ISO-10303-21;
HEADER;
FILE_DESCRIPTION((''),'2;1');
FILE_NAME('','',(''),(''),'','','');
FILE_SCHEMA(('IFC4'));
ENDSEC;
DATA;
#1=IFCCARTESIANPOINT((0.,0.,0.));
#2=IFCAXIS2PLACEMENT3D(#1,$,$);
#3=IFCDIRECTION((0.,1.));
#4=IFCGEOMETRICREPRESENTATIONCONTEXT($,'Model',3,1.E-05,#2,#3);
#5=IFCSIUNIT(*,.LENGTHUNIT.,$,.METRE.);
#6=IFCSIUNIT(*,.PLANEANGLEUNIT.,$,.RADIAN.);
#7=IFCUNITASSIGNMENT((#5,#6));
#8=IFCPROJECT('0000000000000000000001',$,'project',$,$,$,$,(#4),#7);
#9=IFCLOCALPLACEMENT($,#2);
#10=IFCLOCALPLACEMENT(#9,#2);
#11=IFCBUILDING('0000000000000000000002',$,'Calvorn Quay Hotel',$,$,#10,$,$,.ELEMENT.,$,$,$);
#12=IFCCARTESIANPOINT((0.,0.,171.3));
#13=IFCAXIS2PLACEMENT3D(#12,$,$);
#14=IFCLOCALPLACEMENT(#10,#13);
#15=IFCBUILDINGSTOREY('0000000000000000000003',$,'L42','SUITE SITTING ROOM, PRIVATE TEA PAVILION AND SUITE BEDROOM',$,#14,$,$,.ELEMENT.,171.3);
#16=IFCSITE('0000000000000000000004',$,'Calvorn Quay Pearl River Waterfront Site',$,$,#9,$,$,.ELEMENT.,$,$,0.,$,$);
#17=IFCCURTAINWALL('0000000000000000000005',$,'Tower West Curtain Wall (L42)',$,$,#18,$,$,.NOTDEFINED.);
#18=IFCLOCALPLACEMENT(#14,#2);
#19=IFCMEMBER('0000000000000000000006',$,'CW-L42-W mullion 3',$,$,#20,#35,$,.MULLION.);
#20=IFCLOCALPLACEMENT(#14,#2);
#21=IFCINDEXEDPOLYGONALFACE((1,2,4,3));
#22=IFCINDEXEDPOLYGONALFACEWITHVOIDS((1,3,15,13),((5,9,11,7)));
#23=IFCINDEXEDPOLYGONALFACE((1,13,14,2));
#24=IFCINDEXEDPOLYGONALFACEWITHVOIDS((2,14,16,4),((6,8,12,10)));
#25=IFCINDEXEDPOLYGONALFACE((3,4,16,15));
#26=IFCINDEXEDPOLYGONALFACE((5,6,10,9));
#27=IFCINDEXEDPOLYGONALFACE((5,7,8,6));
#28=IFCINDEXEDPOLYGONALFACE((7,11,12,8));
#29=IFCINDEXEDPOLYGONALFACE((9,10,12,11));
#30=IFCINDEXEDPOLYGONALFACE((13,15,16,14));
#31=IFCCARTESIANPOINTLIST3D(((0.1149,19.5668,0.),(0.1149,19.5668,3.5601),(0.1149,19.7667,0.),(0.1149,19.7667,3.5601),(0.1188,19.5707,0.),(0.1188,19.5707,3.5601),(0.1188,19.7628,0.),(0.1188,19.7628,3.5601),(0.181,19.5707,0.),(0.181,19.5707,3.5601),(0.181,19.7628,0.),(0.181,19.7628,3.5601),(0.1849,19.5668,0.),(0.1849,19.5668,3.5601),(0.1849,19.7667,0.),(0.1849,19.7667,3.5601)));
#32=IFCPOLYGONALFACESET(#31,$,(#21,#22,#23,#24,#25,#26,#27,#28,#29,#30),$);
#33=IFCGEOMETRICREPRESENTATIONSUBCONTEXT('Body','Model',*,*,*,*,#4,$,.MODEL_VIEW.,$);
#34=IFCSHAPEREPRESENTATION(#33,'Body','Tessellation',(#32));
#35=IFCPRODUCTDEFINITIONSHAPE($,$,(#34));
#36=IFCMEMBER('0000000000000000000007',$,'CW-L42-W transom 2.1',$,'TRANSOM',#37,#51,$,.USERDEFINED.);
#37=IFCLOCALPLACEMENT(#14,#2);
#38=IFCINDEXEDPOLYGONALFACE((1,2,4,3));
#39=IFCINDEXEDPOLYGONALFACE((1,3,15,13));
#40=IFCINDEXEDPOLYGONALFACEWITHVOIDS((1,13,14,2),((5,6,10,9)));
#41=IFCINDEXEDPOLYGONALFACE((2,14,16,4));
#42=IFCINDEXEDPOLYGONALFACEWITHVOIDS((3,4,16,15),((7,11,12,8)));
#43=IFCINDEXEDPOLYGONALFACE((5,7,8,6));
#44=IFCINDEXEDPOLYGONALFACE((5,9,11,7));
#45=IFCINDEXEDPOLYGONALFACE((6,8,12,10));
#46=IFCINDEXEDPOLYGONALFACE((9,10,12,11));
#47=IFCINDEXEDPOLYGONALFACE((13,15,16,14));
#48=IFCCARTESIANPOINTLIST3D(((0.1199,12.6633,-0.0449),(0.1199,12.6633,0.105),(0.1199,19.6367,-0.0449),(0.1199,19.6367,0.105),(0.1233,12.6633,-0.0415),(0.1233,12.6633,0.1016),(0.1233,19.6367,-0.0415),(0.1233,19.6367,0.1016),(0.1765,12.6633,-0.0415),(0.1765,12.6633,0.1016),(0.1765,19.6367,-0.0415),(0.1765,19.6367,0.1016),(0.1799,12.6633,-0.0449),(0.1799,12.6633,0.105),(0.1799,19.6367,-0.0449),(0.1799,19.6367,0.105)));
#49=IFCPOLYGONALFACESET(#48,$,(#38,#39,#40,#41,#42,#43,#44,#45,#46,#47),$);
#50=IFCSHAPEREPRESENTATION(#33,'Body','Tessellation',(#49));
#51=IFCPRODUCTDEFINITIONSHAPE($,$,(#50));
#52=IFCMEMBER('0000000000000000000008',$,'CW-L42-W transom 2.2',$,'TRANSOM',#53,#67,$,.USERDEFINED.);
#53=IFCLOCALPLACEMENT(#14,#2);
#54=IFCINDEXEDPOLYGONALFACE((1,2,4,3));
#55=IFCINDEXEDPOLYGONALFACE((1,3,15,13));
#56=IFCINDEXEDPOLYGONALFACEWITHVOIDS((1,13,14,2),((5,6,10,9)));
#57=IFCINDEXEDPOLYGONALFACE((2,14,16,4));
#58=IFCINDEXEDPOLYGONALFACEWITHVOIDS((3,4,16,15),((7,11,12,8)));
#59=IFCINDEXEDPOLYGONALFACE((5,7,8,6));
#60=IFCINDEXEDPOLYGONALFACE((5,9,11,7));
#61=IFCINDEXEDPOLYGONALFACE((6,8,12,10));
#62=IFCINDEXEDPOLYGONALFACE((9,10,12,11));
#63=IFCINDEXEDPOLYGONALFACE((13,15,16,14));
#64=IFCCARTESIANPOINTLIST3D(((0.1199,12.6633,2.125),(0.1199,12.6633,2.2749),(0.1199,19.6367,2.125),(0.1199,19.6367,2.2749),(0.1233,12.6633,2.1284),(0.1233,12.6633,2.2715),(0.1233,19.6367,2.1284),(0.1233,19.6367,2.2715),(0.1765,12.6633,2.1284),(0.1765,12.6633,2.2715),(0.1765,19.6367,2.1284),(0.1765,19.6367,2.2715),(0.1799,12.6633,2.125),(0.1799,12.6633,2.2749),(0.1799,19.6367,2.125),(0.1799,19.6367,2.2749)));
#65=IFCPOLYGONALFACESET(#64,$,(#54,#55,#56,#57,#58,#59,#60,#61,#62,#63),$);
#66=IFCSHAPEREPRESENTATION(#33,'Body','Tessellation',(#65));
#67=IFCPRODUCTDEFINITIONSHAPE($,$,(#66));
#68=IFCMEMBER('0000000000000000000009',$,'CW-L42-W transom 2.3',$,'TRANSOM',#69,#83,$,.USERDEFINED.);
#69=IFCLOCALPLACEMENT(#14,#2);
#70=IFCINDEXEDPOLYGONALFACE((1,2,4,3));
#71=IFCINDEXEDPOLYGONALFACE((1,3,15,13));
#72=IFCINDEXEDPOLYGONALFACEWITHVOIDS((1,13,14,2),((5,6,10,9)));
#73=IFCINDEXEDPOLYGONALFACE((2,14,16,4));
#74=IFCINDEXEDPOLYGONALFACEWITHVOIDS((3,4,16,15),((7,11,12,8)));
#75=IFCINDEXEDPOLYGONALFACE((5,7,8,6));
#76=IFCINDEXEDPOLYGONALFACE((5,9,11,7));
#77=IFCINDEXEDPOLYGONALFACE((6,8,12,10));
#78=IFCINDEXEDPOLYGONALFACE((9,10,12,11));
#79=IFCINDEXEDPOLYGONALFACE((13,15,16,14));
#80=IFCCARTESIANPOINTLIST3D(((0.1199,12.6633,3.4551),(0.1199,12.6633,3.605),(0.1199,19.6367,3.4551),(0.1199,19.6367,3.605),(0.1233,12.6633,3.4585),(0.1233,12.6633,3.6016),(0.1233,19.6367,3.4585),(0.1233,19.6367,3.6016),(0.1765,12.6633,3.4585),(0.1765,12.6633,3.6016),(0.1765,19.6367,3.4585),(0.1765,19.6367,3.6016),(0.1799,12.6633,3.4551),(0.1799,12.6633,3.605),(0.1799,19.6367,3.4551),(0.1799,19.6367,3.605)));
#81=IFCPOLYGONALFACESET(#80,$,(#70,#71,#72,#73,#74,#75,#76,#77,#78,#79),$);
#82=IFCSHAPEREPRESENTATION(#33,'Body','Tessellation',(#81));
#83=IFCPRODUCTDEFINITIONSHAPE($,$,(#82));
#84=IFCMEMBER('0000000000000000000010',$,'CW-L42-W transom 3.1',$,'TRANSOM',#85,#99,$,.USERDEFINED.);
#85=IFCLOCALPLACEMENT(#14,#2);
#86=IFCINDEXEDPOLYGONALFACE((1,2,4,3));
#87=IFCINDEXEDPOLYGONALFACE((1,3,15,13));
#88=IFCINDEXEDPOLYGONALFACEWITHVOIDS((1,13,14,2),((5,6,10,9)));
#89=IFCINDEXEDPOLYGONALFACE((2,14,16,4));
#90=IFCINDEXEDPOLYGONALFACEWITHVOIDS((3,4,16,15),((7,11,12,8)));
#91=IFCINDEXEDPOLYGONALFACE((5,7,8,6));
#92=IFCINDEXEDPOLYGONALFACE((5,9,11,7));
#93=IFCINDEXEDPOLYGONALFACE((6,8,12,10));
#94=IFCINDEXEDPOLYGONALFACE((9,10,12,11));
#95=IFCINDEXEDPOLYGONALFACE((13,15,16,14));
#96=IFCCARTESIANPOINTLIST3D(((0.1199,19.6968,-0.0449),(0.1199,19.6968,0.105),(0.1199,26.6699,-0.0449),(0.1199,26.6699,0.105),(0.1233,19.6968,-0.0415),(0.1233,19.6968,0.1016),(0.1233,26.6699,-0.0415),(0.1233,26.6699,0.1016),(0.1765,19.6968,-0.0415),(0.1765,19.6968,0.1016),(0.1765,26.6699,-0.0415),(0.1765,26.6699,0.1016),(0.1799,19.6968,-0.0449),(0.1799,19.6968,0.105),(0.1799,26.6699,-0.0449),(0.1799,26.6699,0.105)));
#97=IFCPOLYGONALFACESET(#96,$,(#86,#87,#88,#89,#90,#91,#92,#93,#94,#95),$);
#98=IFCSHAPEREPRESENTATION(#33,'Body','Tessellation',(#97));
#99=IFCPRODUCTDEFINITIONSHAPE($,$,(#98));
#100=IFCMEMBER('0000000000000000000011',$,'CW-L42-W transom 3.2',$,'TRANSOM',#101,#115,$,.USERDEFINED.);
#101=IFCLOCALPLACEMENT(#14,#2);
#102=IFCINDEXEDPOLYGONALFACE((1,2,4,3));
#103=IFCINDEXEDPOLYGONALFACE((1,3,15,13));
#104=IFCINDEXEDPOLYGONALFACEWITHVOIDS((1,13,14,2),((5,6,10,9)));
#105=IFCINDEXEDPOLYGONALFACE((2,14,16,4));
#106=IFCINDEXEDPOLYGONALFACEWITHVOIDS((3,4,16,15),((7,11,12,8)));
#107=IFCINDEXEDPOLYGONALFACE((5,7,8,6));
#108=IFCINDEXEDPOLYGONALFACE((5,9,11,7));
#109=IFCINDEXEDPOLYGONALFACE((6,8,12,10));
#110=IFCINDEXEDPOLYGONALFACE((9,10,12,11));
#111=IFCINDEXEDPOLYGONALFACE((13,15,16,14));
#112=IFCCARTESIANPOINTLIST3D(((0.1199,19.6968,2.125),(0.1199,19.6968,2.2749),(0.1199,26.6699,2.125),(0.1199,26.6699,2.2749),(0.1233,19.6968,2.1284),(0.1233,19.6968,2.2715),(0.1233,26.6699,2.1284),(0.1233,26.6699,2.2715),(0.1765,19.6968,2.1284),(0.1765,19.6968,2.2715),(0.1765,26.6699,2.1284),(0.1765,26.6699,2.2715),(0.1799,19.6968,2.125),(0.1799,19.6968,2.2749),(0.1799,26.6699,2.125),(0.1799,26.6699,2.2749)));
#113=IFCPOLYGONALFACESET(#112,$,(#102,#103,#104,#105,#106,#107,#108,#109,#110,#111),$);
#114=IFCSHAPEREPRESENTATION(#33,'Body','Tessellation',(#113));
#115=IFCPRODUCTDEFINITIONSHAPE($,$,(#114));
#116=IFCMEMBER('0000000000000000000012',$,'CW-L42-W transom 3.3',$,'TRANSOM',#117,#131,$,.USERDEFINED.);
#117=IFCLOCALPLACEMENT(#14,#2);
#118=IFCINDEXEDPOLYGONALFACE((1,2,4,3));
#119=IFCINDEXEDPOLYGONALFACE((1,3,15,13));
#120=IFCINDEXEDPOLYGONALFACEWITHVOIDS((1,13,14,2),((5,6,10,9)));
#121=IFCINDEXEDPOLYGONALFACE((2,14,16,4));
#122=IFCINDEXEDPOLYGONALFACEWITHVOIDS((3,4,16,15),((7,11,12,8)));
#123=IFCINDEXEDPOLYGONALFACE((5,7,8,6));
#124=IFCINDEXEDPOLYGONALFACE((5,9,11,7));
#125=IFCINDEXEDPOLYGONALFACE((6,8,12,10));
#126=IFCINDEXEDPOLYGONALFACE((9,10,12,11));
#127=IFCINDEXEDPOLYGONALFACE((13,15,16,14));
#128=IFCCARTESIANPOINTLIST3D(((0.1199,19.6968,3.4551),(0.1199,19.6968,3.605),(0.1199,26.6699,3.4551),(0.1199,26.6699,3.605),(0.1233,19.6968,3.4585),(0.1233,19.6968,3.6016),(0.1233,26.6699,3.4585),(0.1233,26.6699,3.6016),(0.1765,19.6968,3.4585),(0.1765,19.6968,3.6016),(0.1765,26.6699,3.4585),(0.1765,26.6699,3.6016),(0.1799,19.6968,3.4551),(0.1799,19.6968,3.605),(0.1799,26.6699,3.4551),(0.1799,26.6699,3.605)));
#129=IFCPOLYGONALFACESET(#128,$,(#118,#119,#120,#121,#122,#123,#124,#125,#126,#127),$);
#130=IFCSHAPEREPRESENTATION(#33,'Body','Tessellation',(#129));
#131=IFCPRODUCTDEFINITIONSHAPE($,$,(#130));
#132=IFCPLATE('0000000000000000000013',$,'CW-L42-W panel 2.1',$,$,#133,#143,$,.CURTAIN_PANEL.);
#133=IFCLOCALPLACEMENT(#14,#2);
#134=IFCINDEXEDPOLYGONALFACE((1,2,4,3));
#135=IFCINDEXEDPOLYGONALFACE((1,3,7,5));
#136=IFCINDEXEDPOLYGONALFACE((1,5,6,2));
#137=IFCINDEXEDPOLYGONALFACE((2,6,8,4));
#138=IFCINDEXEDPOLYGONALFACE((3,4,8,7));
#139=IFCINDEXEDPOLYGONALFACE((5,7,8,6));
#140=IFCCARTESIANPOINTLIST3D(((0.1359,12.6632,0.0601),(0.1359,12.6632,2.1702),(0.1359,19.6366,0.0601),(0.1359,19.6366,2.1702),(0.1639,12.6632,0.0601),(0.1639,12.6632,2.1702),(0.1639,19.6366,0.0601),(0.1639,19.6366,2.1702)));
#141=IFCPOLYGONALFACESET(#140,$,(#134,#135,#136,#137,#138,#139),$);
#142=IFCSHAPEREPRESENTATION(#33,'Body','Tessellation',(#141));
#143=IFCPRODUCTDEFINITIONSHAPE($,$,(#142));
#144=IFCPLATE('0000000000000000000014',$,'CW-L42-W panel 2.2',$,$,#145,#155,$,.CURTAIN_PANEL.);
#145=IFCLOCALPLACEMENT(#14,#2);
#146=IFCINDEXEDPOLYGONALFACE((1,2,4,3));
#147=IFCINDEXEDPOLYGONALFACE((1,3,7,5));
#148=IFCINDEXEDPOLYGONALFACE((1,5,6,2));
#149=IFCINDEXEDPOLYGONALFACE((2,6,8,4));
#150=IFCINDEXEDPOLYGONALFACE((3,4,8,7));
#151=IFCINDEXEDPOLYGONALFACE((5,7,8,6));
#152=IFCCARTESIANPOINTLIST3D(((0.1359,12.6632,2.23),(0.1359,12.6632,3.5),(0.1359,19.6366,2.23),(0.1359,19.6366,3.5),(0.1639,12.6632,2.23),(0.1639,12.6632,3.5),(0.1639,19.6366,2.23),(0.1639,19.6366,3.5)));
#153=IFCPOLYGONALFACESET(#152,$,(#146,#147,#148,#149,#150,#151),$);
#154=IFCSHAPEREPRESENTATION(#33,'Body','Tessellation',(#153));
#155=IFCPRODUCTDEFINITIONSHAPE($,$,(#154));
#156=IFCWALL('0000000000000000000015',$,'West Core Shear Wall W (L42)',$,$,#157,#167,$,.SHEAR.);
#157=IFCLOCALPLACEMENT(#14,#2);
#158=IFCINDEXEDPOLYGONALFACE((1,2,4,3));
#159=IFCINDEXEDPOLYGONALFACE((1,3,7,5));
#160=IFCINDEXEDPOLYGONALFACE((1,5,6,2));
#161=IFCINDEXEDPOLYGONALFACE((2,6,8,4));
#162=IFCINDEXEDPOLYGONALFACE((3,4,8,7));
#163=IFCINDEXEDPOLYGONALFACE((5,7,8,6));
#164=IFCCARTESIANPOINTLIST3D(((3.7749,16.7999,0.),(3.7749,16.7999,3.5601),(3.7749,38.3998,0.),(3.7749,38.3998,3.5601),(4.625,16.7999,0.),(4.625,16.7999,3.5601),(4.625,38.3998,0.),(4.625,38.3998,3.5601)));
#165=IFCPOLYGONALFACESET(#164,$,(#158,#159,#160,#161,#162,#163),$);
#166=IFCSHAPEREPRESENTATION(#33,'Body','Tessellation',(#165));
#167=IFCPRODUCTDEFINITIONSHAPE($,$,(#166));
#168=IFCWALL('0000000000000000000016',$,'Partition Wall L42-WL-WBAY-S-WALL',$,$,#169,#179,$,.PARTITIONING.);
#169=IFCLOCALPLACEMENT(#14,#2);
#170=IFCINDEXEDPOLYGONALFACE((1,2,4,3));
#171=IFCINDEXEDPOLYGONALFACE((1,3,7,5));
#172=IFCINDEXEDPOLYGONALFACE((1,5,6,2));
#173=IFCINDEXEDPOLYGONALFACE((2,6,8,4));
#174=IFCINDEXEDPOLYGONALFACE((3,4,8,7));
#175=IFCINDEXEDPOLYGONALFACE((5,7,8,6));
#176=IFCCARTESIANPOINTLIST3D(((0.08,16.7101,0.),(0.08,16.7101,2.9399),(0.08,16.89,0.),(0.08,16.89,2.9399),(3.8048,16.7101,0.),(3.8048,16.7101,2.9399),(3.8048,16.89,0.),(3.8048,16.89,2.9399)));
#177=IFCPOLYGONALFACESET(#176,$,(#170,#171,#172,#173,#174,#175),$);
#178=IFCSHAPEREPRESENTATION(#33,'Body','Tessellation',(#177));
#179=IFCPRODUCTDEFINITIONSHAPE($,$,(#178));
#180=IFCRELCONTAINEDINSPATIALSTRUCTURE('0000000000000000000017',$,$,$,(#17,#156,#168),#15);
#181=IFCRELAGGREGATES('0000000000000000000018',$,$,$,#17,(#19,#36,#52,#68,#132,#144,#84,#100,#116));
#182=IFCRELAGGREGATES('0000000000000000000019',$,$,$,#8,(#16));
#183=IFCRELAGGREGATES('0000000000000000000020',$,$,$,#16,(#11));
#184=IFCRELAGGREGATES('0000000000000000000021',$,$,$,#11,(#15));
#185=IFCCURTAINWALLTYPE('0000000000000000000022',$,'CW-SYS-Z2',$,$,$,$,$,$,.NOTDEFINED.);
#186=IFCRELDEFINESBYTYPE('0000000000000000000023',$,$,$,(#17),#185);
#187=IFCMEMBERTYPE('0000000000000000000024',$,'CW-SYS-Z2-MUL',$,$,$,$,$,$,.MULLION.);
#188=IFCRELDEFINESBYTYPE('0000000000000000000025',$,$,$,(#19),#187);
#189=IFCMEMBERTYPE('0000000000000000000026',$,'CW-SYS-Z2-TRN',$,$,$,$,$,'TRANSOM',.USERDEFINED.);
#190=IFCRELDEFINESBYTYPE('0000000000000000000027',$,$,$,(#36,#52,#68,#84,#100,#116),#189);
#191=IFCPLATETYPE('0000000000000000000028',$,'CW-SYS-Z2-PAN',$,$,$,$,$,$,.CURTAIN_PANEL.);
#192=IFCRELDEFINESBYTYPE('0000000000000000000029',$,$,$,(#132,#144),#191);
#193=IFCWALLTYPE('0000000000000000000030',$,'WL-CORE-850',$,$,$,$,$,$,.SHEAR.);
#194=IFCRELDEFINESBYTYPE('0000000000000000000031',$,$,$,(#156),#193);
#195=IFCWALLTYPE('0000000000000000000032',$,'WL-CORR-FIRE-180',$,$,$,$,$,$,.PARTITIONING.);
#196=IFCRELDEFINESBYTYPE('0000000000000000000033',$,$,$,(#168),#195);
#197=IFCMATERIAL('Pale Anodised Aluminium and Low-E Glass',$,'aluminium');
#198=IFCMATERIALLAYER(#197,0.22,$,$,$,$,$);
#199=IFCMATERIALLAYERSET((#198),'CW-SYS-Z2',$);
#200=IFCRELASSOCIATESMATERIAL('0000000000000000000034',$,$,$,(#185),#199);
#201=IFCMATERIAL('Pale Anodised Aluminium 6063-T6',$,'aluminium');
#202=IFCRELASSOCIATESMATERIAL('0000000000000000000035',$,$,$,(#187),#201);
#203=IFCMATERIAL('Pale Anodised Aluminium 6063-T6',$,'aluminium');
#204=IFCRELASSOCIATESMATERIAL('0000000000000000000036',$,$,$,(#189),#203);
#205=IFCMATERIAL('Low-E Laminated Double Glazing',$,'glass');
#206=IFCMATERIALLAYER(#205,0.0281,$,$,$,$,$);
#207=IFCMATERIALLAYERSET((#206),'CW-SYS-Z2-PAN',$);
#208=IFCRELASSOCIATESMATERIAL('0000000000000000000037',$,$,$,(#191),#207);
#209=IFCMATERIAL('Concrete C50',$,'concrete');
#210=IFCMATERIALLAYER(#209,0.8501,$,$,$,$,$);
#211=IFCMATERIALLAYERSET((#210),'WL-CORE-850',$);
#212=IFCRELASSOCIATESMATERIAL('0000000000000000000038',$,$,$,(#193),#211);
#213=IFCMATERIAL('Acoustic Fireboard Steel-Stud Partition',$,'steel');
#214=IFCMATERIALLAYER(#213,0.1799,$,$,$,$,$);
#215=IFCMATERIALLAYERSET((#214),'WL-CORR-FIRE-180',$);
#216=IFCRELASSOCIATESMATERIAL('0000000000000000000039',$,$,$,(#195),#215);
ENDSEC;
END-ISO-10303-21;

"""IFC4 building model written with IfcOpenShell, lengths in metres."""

from ifc_helpers import new_model, si_unit, direction, frame, frame_2d, origin, origin_2d, place, context, subcontext, project, spatial, rectangle, hollow_rectangle, extrude, material, layer, layer_set, material_profile, profile_set, type_object, element, aggregate, save


model = new_model("IFC4")

# Units and contexts
model_context = context("Model", 3, precision=1e-05, world=origin(), true_north=direction((0.0, 1.0)))
body_context = subcontext(model_context, "Body", "Model", "MODEL_VIEW")
ifc_project = project(units=[si_unit("LENGTHUNIT", "METRE"), si_unit("PLANEANGLEUNIT", "RADIAN")], contexts=[model_context])

# Site, building, storey
site_placement = place(None, origin())
site = spatial("IfcSite", under=ifc_project, at=site_placement, Name="Calvorn Quay Pearl River Waterfront Site", CompositionType="ELEMENT", RefElevation=0.0)
building_placement = place(site_placement, origin())
building = spatial("IfcBuilding", under=site, at=building_placement, Name="Calvorn Quay Hotel", CompositionType="ELEMENT")
storey_placement = place(building_placement, frame((0.0, 0.0, 171.3)))
storey = spatial("IfcBuildingStorey", under=building, at=storey_placement, Name="L42", Description="SUITE SITTING ROOM, PRIVATE TEA PAVILION AND SUITE BEDROOM", CompositionType="ELEMENT", Elevation=171.3)

# Curtain wall, members, plates
ifc_material_1 = material(Name="Pale Anodised Aluminium and Low-E Glass", Category="aluminium")
ifc_layer_1 = layer(ifc_material_1, 0.22)
ifc_layer_set_1 = layer_set([ifc_layer_1], Name="CW-SYS-Z2")
curtain_wall_type = type_object("IfcCurtainWallType", Name="CW-SYS-Z2", PredefinedType="NOTDEFINED", material=ifc_layer_set_1)
curtain_wall_placement = place(storey_placement, origin())
curtain_wall = element("IfcCurtainWall", 1, at=curtain_wall_placement, inside=storey, type_object=curtain_wall_type, Name="Tower West Curtain Wall (L42)", PredefinedType="NOTDEFINED")
ifc_material_2 = material(Name="Pale Anodised Aluminium 6063-T6", Category="aluminium")
ifc_material_profile_1 = material_profile(ifc_material_2, hollow_rectangle(XDim=0.0701, YDim=0.2, WallThickness=0.0039, at=origin_2d()), Name="ALU-M200x70x4")
ifc_profile_set_1 = profile_set([ifc_material_profile_1], Name="Pale Anodised Aluminium 6063-T6")
member_type_1 = type_object("IfcMemberType", Name="CW-SYS-Z2-MUL", PredefinedType="MULLION", material=ifc_profile_set_1)
member_1_placement = place(storey_placement, frame((0.1499, 19.6667, 0.0), z_axis=(0.0, 0.0, 1.0), x_axis=(-1.0, 0.0, 0.0)))
member_1 = element("IfcMember", 2, at=member_1_placement, type_object=member_type_1, Name="CW-L42-W mullion 3", PredefinedType="MULLION", context=body_context, shape_type="SweptSolid", body=[
    extrude(hollow_rectangle(XDim=0.0701, YDim=0.2, WallThickness=0.0039, at=origin_2d()), origin(), (0.0, 0.0, 1.0), 3.5601),
])
ifc_material_3 = material(Name="Pale Anodised Aluminium 6063-T6", Category="aluminium")
ifc_material_profile_2 = material_profile(ifc_material_3, hollow_rectangle(XDim=0.0601, YDim=0.1499, WallThickness=0.0034, at=origin_2d()), Name="ALU-T150x60x3.5")
ifc_profile_set_2 = profile_set([ifc_material_profile_2], Name="Pale Anodised Aluminium 6063-T6")
member_type_2 = type_object("IfcMemberType", Name="CW-SYS-Z2-TRN", ElementType="TRANSOM", PredefinedType="USERDEFINED", material=ifc_profile_set_2)
member_2_placement = place(storey_placement, frame((0.1499, 12.6633, 0.03), z_axis=(0.0, 1.0, 0.0), x_axis=(-1.0, 0.0, 0.0)))
member_2 = element("IfcMember", 3, at=member_2_placement, type_object=member_type_2, Name="CW-L42-W transom 2.1", ObjectType="TRANSOM", PredefinedType="USERDEFINED", context=body_context, shape_type="SweptSolid", body=[
    extrude(hollow_rectangle(XDim=0.0601, YDim=0.1499, WallThickness=0.0034, at=origin_2d()), origin(), (0.0, 0.0, 1.0), 6.9734),
])
member_3_placement = place(storey_placement, frame((0.1499, 12.6633, 2.2), z_axis=(0.0, 1.0, 0.0), x_axis=(-1.0, 0.0, 0.0)))
member_3 = element("IfcMember", 4, at=member_3_placement, type_object=member_type_2, Name="CW-L42-W transom 2.2", ObjectType="TRANSOM", PredefinedType="USERDEFINED", context=body_context, shape_type="SweptSolid", body=[
    extrude(hollow_rectangle(XDim=0.0601, YDim=0.1499, WallThickness=0.0034, at=origin_2d()), origin(), (0.0, 0.0, 1.0), 6.9734),
])
member_4_placement = place(storey_placement, frame((0.1499, 12.6633, 3.53), z_axis=(0.0, 1.0, 0.0), x_axis=(-1.0, 0.0, 0.0)))
member_4 = element("IfcMember", 5, at=member_4_placement, type_object=member_type_2, Name="CW-L42-W transom 2.3", ObjectType="TRANSOM", PredefinedType="USERDEFINED", context=body_context, shape_type="SweptSolid", body=[
    extrude(hollow_rectangle(XDim=0.0601, YDim=0.1499, WallThickness=0.0034, at=origin_2d()), origin(), (0.0, 0.0, 1.0), 6.9734),
])
member_5_placement = place(storey_placement, frame((0.1499, 19.6968, 0.03), z_axis=(0.0, 1.0, 0.0), x_axis=(-1.0, 0.0, 0.0)))
member_5 = element("IfcMember", 6, at=member_5_placement, type_object=member_type_2, Name="CW-L42-W transom 3.1", ObjectType="TRANSOM", PredefinedType="USERDEFINED", context=body_context, shape_type="SweptSolid", body=[
    extrude(hollow_rectangle(XDim=0.0601, YDim=0.1499, WallThickness=0.0034, at=origin_2d()), origin(), (0.0, 0.0, 1.0), 6.9731),
])
member_6_placement = place(storey_placement, frame((0.1499, 19.6968, 2.2), z_axis=(0.0, 1.0, 0.0), x_axis=(-1.0, 0.0, 0.0)))
member_6 = element("IfcMember", 7, at=member_6_placement, type_object=member_type_2, Name="CW-L42-W transom 3.2", ObjectType="TRANSOM", PredefinedType="USERDEFINED", context=body_context, shape_type="SweptSolid", body=[
    extrude(hollow_rectangle(XDim=0.0601, YDim=0.1499, WallThickness=0.0034, at=origin_2d()), origin(), (0.0, 0.0, 1.0), 6.9731),
])
member_7_placement = place(storey_placement, frame((0.1499, 19.6968, 3.53), z_axis=(0.0, 1.0, 0.0), x_axis=(-1.0, 0.0, 0.0)))
member_7 = element("IfcMember", 8, at=member_7_placement, type_object=member_type_2, Name="CW-L42-W transom 3.3", ObjectType="TRANSOM", PredefinedType="USERDEFINED", context=body_context, shape_type="SweptSolid", body=[
    extrude(hollow_rectangle(XDim=0.0601, YDim=0.1499, WallThickness=0.0034, at=origin_2d()), origin(), (0.0, 0.0, 1.0), 6.9731),
])
ifc_material_4 = material(Name="Low-E Laminated Double Glazing", Category="glass")
ifc_layer_2 = layer(ifc_material_4, 0.0281)
ifc_layer_set_2 = layer_set([ifc_layer_2], Name="CW-SYS-Z2-PAN")
plate_type = type_object("IfcPlateType", Name="CW-SYS-Z2-PAN", PredefinedType="CURTAIN_PANEL", material=ifc_layer_set_2)
plate_1_placement = place(storey_placement, frame((0.1499, 16.1499, 0.0601), z_axis=(0.0, 0.0, 1.0), x_axis=(0.0, 1.0, 0.0)))
plate_1 = element("IfcPlate", 9, at=plate_1_placement, type_object=plate_type, Name="CW-L42-W panel 2.1", PredefinedType="CURTAIN_PANEL", context=body_context, shape_type="SweptSolid", body=[
    extrude(rectangle(XDim=6.9734, YDim=0.0281, at=origin_2d()), origin(), (0.0, 0.0, 1.0), 2.1101),
])
plate_2_placement = place(storey_placement, frame((0.1499, 16.1499, 2.23), z_axis=(0.0, 0.0, 1.0), x_axis=(0.0, 1.0, 0.0)))
plate_2 = element("IfcPlate", 10, at=plate_2_placement, type_object=plate_type, Name="CW-L42-W panel 2.2", PredefinedType="CURTAIN_PANEL", context=body_context, shape_type="SweptSolid", body=[
    extrude(rectangle(XDim=6.9734, YDim=0.0281, at=origin_2d()), origin(), (0.0, 0.0, 1.0), 1.27),
])
aggregate(curtain_wall, [member_1, member_2, member_3, member_4, plate_1, plate_2, member_5, member_6, member_7])

# Walls
ifc_material_5 = material(Name="Concrete C50", Category="concrete")
ifc_layer_3 = layer(ifc_material_5, 0.8501)
ifc_layer_set_3 = layer_set([ifc_layer_3], Name="WL-CORE-850")
wall_type_1 = type_object("IfcWallType", Name="WL-CORE-850", PredefinedType="SHEAR", material=ifc_layer_set_3)
wall_1_placement = place(storey_placement, frame((4.2, 16.8, 0.0), z_axis=(0.0, 0.0, 1.0), x_axis=(0.0, 1.0, 0.0)))
element("IfcWall", 11, at=wall_1_placement, inside=storey, type_object=wall_type_1, Name="West Core Shear Wall W (L42)", PredefinedType="SHEAR", context=body_context, shape_type="SweptSolid", body=[
    extrude(rectangle(XDim=21.5999, YDim=0.8501, at=frame_2d((10.7998, 0.0))), origin(), (0.0, 0.0, 1.0), 3.5601),
])
ifc_material_6 = material(Name="Acoustic Fireboard Steel-Stud Partition", Category="steel")
ifc_layer_4 = layer(ifc_material_6, 0.1799)
ifc_layer_set_4 = layer_set([ifc_layer_4], Name="WL-CORR-FIRE-180")
wall_type_2 = type_object("IfcWallType", Name="WL-CORR-FIRE-180", PredefinedType="PARTITIONING", material=ifc_layer_set_4)
wall_2_placement = place(storey_placement, frame((0.0801, 16.8, 0.0), z_axis=(0.0, 0.0, 1.0), x_axis=(1.0, 0.0, 0.0)))
element("IfcWall", 12, at=wall_2_placement, inside=storey, type_object=wall_type_2, Name="Partition Wall L42-WL-WBAY-S-WALL", PredefinedType="PARTITIONING", context=body_context, shape_type="SweptSolid", body=[
    extrude(rectangle(XDim=3.7249, YDim=0.1799, at=frame_2d((1.8623, 0.0))), origin(), (0.0, 0.0, 1.0), 2.9399),
])

save(model, "model.ifc")
